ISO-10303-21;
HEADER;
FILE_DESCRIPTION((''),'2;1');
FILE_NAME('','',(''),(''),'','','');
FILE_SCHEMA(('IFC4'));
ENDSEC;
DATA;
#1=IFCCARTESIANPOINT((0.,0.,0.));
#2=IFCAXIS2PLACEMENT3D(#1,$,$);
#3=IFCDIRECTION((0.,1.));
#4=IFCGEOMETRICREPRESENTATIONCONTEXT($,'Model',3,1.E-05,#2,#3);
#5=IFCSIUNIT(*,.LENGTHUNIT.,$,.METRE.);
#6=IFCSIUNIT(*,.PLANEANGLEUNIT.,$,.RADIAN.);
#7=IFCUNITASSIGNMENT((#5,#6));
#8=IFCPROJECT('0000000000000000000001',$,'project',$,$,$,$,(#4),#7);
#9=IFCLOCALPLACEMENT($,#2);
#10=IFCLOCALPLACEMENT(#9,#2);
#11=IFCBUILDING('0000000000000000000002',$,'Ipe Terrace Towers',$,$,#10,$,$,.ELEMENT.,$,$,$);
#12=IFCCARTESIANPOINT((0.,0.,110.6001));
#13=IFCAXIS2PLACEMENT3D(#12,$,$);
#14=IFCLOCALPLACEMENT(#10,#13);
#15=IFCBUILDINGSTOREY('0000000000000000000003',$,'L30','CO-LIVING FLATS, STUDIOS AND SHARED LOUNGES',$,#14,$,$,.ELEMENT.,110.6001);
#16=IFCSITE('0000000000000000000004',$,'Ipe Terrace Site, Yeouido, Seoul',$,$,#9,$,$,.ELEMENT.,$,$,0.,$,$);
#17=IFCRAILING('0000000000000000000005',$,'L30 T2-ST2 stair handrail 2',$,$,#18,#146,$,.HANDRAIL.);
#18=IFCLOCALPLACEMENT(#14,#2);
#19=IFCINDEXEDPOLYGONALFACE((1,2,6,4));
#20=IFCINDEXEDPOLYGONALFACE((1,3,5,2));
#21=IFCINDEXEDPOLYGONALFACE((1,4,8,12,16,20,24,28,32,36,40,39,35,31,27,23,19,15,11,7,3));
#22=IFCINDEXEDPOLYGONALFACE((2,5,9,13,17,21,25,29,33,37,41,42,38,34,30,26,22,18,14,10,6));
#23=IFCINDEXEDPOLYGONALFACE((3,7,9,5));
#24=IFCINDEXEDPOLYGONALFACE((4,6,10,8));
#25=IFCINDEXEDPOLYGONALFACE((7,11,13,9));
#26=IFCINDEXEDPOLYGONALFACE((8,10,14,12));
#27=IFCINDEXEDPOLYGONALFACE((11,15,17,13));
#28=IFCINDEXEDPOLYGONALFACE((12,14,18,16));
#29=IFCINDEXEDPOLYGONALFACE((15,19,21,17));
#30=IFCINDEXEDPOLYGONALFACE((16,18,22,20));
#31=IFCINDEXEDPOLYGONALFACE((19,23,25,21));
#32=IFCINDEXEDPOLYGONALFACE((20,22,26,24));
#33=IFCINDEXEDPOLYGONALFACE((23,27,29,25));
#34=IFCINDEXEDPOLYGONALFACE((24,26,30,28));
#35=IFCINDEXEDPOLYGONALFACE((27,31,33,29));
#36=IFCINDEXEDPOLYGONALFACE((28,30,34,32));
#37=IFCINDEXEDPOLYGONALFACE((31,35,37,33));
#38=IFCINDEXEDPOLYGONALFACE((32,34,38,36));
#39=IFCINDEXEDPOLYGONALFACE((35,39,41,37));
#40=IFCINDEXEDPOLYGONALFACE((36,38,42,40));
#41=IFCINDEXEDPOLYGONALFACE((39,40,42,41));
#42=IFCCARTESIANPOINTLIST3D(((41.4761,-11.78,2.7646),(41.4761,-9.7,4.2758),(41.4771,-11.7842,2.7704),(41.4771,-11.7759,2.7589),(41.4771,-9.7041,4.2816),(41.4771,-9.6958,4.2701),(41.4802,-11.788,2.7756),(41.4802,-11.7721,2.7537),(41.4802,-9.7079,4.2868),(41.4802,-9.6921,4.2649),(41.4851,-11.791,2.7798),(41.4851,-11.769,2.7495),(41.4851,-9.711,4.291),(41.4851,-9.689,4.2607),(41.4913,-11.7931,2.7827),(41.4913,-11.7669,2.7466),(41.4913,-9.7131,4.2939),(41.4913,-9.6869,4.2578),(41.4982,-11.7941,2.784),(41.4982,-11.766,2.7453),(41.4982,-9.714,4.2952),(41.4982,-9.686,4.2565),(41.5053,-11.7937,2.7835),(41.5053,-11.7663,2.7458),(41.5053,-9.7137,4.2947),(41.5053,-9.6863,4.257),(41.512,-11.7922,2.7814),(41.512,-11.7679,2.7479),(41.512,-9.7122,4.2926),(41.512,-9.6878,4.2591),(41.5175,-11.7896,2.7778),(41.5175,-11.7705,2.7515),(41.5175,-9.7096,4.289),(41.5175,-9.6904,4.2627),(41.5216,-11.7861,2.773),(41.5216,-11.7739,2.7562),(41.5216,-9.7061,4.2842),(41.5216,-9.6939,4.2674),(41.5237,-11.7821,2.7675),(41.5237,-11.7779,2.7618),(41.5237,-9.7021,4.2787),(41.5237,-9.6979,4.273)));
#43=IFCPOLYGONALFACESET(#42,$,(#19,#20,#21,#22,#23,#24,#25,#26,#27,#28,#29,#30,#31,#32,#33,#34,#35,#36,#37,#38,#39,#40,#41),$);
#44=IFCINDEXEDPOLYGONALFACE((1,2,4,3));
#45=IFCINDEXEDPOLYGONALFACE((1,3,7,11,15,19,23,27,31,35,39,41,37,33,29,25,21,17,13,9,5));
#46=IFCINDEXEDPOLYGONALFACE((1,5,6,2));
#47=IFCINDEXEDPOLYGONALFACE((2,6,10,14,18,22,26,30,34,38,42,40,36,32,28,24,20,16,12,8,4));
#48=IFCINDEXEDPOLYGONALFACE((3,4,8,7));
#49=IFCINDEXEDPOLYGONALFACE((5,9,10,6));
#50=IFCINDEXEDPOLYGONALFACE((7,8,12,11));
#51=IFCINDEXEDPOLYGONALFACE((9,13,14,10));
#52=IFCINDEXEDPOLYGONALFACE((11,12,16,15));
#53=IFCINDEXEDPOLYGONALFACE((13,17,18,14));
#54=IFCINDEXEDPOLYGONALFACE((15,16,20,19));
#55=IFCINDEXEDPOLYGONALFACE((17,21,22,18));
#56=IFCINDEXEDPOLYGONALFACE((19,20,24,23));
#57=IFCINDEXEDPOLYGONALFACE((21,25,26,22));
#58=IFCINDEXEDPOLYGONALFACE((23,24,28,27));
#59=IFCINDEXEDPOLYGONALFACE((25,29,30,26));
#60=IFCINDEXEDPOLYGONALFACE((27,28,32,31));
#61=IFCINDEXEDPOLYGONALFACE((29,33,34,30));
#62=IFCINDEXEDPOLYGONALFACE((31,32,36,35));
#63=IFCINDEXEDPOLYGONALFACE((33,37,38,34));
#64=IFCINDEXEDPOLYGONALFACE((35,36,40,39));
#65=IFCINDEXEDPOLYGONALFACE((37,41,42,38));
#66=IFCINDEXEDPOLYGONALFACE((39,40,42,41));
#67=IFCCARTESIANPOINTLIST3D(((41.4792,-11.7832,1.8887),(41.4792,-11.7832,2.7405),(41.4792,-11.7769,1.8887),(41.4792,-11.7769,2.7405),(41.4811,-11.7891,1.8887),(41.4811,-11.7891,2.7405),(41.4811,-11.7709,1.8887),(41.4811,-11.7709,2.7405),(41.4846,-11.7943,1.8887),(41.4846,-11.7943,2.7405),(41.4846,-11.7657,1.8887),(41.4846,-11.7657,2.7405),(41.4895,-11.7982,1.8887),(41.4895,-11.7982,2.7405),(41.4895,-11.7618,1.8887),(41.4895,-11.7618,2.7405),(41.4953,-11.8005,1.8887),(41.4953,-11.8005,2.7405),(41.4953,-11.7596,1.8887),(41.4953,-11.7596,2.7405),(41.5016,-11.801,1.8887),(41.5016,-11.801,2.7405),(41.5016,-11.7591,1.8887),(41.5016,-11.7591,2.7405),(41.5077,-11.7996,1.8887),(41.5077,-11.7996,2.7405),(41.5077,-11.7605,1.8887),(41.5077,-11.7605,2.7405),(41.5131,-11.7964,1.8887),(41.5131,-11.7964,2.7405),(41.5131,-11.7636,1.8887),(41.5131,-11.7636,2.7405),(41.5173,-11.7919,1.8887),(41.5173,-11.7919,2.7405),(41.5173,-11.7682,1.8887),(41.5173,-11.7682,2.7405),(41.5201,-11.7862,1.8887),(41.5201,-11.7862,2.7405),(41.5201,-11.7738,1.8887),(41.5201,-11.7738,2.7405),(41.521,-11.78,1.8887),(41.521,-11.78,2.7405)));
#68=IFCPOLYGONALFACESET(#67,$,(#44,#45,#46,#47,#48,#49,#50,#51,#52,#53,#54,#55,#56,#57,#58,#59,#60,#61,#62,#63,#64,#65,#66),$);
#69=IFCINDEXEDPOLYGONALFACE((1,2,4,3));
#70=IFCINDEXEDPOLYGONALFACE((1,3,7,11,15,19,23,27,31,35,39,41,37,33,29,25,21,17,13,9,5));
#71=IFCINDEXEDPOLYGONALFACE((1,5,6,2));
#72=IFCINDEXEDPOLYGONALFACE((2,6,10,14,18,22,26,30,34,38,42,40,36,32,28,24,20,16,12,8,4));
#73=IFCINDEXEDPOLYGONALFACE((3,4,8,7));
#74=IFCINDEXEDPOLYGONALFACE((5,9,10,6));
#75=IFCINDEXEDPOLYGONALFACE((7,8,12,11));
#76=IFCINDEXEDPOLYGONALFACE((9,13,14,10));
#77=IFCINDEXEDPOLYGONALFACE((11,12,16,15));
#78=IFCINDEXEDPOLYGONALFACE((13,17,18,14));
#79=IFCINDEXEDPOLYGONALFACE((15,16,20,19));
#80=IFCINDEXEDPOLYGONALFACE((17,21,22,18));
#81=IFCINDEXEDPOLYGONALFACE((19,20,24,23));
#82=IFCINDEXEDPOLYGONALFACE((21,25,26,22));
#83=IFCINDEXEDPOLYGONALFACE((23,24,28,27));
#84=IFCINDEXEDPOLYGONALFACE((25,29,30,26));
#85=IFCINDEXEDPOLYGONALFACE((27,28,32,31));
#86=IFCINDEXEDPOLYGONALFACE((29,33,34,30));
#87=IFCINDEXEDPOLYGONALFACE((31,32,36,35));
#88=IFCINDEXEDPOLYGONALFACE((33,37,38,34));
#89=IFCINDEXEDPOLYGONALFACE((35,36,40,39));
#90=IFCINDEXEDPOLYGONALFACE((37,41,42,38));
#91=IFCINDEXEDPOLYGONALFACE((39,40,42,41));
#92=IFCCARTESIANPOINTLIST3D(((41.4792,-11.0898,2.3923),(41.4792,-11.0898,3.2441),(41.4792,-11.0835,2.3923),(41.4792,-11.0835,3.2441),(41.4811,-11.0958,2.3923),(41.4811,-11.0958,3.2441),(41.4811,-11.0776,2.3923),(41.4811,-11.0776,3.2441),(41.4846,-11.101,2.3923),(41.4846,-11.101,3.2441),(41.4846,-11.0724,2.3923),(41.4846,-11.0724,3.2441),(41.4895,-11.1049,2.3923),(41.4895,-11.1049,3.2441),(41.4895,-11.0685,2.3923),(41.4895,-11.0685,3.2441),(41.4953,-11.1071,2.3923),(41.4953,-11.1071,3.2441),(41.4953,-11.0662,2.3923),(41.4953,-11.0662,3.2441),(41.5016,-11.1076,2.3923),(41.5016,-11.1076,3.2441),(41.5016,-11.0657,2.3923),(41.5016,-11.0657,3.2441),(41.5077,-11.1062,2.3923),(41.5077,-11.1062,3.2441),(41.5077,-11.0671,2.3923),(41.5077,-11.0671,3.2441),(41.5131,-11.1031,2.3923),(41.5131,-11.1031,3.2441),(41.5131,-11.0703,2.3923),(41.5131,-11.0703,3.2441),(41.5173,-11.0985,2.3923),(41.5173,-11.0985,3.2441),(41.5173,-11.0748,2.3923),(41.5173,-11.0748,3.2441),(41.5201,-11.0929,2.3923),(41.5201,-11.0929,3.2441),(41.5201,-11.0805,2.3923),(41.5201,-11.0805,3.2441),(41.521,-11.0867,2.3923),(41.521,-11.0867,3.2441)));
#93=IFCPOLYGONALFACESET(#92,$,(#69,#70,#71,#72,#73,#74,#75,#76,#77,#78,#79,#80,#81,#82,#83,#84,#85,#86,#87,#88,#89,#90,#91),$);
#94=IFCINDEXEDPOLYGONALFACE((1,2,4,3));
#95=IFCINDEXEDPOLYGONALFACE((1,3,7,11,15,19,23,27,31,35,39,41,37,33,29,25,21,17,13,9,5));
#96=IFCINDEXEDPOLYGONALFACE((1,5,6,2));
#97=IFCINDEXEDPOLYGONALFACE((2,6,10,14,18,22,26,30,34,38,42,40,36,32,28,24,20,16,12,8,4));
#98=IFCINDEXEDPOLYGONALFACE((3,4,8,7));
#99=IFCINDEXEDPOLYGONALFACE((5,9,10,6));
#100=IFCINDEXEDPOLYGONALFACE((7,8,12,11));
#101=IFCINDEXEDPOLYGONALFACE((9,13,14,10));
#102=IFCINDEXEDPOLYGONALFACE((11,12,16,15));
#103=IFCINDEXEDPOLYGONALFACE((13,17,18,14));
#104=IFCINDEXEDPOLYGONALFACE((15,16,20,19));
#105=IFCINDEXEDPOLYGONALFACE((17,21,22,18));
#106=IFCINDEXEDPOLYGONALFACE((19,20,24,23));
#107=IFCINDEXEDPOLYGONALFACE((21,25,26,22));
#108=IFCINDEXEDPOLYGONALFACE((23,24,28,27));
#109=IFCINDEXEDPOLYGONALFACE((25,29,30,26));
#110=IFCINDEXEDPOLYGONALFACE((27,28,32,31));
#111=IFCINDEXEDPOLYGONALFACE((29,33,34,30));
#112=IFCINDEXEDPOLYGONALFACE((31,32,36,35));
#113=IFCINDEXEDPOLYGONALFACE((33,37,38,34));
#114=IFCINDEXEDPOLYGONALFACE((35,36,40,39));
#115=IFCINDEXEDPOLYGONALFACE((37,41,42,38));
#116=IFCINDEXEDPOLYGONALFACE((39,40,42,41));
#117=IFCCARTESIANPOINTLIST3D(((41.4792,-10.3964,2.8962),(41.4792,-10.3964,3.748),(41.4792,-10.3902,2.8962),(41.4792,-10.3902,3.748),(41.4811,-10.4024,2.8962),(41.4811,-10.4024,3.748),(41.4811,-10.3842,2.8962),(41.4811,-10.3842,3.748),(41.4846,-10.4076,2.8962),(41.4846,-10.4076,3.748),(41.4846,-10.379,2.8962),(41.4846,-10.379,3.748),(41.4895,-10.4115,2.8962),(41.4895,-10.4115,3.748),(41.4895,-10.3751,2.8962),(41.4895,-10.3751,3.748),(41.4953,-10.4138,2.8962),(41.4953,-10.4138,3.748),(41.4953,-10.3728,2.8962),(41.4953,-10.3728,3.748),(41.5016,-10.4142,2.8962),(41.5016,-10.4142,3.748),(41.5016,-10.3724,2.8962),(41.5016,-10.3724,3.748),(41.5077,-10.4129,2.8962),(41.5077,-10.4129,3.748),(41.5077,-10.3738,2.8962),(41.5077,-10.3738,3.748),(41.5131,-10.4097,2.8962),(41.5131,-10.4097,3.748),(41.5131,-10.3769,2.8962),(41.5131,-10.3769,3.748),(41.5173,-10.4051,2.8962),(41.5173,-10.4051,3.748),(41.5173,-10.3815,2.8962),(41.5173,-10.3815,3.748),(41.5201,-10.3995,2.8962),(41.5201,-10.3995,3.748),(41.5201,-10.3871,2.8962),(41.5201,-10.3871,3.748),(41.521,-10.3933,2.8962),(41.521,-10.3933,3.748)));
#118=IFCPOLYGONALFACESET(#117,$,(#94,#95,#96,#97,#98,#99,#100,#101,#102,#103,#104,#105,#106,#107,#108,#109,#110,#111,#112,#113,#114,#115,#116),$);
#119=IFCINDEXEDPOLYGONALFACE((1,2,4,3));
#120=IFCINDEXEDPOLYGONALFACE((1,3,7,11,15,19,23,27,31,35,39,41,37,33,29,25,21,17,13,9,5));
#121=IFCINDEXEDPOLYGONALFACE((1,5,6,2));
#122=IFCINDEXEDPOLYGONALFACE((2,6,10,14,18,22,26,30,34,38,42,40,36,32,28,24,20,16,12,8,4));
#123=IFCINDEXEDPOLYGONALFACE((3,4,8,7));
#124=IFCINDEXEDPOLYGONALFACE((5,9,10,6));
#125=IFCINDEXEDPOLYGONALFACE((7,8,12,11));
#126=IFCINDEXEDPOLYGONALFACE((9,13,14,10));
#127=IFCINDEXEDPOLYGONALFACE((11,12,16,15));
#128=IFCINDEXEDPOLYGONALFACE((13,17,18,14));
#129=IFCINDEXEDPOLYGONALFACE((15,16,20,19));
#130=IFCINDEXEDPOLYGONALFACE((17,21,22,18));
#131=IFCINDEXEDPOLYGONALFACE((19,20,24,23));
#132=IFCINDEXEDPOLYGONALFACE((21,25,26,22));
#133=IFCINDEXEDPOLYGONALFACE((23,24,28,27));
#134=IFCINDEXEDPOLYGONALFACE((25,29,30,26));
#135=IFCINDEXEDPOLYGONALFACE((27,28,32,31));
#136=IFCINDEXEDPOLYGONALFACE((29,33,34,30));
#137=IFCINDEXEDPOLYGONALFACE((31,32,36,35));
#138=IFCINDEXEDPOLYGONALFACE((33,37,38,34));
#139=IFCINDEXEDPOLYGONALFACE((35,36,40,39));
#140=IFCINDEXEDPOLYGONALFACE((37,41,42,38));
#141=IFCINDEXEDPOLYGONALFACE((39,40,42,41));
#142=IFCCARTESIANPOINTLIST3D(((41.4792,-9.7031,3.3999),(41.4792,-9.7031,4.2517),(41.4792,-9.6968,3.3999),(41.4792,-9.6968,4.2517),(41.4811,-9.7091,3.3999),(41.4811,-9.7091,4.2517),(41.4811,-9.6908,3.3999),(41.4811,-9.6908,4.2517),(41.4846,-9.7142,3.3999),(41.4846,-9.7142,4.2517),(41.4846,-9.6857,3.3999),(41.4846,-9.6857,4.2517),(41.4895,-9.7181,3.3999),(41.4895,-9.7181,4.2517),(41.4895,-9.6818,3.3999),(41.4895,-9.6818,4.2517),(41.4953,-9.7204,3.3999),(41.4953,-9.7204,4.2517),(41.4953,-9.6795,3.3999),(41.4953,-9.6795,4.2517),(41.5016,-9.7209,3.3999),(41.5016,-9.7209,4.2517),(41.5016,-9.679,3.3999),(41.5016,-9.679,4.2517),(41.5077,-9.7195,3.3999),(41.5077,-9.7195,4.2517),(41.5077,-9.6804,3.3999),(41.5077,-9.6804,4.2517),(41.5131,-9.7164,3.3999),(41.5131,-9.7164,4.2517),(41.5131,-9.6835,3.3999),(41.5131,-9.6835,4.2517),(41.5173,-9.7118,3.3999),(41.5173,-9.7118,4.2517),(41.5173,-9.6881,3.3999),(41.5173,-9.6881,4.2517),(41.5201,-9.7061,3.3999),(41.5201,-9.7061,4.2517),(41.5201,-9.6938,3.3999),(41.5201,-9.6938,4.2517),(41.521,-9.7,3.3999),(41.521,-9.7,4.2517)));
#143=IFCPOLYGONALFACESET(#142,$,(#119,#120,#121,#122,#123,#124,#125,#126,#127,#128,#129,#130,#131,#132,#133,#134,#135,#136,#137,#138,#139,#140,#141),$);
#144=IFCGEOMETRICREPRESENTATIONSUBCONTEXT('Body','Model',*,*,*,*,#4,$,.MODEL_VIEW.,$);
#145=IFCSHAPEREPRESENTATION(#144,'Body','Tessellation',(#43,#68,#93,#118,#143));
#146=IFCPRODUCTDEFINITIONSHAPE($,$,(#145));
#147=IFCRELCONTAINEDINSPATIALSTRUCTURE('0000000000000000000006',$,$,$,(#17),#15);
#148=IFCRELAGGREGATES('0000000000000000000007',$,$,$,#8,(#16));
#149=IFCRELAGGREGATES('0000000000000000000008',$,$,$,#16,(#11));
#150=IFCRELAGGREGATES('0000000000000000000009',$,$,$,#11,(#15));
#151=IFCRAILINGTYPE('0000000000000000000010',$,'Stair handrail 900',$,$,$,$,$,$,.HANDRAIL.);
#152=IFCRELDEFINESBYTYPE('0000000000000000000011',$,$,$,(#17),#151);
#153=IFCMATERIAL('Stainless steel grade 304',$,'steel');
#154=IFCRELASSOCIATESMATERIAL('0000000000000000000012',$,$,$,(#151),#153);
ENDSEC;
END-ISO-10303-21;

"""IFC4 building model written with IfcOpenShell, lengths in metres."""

from ifc_helpers import new_model, si_unit, direction, frame, origin, origin_2d, place, context, subcontext, project, spatial, circle, extrude, material, type_object, element, save


model = new_model("IFC4")

# Units and contexts
model_context = context("Model", 3, precision=1e-05, world=origin(), true_north=direction((0.0, 1.0)))
body_context = subcontext(model_context, "Body", "Model", "MODEL_VIEW")
ifc_project = project(units=[si_unit("LENGTHUNIT", "METRE"), si_unit("PLANEANGLEUNIT", "RADIAN")], contexts=[model_context])

# Site, building, storey
site_placement = place(None, origin())
site = spatial("IfcSite", under=ifc_project, at=site_placement, Name="Ipe Terrace Site, Yeouido, Seoul", CompositionType="ELEMENT", RefElevation=0.0)
building_placement = place(site_placement, origin())
building = spatial("IfcBuilding", under=site, at=building_placement, Name="Ipe Terrace Towers", CompositionType="ELEMENT")
storey_placement = place(building_placement, frame((0.0, 0.0, 110.6001)))
storey = spatial("IfcBuildingStorey", under=building, at=storey_placement, Name="L30", Description="CO-LIVING FLATS, STUDIOS AND SHARED LOUNGES", CompositionType="ELEMENT", Elevation=110.6001)

# Railing
ifc_material_1 = material(Name="Stainless steel grade 304", Category="steel")
railing_type_1 = type_object("IfcRailingType", Name="Stair handrail 900", PredefinedType="HANDRAIL", material=ifc_material_1)
railing_1_placement = place(storey_placement, frame((41.5, -11.78, 1.8887)))
element("IfcRailing", 1, at=railing_1_placement, inside=storey, type_object=railing_type_1, Name="L30 T2-ST2 stair handrail 2", PredefinedType="HANDRAIL", context=body_context, shape_type="SweptSolid", body=[
    extrude(circle(Radius=0.0239, at=origin_2d()), frame((0.0, 0.0, 0.876), z_axis=(0.0, 0.809023, 0.587776), x_axis=(-1.0, 0.0, 0.0)), (0.0, 0.0, 1.0), 2.571),
    extrude(circle(Radius=0.021, at=origin_2d()), origin(), (0.0, 0.0, 1.0), 0.8518),
    extrude(circle(Radius=0.021, at=origin_2d()), frame((0.0, 0.6934, 0.5037)), (0.0, 0.0, 1.0), 0.8518),
    extrude(circle(Radius=0.021, at=origin_2d()), frame((0.0, 1.3867, 1.0076)), (0.0, 0.0, 1.0), 0.8518),
    extrude(circle(Radius=0.021, at=origin_2d()), frame((0.0, 2.0801, 1.5112)), (0.0, 0.0, 1.0), 0.8518),
])

save(model, "model.ifc")
